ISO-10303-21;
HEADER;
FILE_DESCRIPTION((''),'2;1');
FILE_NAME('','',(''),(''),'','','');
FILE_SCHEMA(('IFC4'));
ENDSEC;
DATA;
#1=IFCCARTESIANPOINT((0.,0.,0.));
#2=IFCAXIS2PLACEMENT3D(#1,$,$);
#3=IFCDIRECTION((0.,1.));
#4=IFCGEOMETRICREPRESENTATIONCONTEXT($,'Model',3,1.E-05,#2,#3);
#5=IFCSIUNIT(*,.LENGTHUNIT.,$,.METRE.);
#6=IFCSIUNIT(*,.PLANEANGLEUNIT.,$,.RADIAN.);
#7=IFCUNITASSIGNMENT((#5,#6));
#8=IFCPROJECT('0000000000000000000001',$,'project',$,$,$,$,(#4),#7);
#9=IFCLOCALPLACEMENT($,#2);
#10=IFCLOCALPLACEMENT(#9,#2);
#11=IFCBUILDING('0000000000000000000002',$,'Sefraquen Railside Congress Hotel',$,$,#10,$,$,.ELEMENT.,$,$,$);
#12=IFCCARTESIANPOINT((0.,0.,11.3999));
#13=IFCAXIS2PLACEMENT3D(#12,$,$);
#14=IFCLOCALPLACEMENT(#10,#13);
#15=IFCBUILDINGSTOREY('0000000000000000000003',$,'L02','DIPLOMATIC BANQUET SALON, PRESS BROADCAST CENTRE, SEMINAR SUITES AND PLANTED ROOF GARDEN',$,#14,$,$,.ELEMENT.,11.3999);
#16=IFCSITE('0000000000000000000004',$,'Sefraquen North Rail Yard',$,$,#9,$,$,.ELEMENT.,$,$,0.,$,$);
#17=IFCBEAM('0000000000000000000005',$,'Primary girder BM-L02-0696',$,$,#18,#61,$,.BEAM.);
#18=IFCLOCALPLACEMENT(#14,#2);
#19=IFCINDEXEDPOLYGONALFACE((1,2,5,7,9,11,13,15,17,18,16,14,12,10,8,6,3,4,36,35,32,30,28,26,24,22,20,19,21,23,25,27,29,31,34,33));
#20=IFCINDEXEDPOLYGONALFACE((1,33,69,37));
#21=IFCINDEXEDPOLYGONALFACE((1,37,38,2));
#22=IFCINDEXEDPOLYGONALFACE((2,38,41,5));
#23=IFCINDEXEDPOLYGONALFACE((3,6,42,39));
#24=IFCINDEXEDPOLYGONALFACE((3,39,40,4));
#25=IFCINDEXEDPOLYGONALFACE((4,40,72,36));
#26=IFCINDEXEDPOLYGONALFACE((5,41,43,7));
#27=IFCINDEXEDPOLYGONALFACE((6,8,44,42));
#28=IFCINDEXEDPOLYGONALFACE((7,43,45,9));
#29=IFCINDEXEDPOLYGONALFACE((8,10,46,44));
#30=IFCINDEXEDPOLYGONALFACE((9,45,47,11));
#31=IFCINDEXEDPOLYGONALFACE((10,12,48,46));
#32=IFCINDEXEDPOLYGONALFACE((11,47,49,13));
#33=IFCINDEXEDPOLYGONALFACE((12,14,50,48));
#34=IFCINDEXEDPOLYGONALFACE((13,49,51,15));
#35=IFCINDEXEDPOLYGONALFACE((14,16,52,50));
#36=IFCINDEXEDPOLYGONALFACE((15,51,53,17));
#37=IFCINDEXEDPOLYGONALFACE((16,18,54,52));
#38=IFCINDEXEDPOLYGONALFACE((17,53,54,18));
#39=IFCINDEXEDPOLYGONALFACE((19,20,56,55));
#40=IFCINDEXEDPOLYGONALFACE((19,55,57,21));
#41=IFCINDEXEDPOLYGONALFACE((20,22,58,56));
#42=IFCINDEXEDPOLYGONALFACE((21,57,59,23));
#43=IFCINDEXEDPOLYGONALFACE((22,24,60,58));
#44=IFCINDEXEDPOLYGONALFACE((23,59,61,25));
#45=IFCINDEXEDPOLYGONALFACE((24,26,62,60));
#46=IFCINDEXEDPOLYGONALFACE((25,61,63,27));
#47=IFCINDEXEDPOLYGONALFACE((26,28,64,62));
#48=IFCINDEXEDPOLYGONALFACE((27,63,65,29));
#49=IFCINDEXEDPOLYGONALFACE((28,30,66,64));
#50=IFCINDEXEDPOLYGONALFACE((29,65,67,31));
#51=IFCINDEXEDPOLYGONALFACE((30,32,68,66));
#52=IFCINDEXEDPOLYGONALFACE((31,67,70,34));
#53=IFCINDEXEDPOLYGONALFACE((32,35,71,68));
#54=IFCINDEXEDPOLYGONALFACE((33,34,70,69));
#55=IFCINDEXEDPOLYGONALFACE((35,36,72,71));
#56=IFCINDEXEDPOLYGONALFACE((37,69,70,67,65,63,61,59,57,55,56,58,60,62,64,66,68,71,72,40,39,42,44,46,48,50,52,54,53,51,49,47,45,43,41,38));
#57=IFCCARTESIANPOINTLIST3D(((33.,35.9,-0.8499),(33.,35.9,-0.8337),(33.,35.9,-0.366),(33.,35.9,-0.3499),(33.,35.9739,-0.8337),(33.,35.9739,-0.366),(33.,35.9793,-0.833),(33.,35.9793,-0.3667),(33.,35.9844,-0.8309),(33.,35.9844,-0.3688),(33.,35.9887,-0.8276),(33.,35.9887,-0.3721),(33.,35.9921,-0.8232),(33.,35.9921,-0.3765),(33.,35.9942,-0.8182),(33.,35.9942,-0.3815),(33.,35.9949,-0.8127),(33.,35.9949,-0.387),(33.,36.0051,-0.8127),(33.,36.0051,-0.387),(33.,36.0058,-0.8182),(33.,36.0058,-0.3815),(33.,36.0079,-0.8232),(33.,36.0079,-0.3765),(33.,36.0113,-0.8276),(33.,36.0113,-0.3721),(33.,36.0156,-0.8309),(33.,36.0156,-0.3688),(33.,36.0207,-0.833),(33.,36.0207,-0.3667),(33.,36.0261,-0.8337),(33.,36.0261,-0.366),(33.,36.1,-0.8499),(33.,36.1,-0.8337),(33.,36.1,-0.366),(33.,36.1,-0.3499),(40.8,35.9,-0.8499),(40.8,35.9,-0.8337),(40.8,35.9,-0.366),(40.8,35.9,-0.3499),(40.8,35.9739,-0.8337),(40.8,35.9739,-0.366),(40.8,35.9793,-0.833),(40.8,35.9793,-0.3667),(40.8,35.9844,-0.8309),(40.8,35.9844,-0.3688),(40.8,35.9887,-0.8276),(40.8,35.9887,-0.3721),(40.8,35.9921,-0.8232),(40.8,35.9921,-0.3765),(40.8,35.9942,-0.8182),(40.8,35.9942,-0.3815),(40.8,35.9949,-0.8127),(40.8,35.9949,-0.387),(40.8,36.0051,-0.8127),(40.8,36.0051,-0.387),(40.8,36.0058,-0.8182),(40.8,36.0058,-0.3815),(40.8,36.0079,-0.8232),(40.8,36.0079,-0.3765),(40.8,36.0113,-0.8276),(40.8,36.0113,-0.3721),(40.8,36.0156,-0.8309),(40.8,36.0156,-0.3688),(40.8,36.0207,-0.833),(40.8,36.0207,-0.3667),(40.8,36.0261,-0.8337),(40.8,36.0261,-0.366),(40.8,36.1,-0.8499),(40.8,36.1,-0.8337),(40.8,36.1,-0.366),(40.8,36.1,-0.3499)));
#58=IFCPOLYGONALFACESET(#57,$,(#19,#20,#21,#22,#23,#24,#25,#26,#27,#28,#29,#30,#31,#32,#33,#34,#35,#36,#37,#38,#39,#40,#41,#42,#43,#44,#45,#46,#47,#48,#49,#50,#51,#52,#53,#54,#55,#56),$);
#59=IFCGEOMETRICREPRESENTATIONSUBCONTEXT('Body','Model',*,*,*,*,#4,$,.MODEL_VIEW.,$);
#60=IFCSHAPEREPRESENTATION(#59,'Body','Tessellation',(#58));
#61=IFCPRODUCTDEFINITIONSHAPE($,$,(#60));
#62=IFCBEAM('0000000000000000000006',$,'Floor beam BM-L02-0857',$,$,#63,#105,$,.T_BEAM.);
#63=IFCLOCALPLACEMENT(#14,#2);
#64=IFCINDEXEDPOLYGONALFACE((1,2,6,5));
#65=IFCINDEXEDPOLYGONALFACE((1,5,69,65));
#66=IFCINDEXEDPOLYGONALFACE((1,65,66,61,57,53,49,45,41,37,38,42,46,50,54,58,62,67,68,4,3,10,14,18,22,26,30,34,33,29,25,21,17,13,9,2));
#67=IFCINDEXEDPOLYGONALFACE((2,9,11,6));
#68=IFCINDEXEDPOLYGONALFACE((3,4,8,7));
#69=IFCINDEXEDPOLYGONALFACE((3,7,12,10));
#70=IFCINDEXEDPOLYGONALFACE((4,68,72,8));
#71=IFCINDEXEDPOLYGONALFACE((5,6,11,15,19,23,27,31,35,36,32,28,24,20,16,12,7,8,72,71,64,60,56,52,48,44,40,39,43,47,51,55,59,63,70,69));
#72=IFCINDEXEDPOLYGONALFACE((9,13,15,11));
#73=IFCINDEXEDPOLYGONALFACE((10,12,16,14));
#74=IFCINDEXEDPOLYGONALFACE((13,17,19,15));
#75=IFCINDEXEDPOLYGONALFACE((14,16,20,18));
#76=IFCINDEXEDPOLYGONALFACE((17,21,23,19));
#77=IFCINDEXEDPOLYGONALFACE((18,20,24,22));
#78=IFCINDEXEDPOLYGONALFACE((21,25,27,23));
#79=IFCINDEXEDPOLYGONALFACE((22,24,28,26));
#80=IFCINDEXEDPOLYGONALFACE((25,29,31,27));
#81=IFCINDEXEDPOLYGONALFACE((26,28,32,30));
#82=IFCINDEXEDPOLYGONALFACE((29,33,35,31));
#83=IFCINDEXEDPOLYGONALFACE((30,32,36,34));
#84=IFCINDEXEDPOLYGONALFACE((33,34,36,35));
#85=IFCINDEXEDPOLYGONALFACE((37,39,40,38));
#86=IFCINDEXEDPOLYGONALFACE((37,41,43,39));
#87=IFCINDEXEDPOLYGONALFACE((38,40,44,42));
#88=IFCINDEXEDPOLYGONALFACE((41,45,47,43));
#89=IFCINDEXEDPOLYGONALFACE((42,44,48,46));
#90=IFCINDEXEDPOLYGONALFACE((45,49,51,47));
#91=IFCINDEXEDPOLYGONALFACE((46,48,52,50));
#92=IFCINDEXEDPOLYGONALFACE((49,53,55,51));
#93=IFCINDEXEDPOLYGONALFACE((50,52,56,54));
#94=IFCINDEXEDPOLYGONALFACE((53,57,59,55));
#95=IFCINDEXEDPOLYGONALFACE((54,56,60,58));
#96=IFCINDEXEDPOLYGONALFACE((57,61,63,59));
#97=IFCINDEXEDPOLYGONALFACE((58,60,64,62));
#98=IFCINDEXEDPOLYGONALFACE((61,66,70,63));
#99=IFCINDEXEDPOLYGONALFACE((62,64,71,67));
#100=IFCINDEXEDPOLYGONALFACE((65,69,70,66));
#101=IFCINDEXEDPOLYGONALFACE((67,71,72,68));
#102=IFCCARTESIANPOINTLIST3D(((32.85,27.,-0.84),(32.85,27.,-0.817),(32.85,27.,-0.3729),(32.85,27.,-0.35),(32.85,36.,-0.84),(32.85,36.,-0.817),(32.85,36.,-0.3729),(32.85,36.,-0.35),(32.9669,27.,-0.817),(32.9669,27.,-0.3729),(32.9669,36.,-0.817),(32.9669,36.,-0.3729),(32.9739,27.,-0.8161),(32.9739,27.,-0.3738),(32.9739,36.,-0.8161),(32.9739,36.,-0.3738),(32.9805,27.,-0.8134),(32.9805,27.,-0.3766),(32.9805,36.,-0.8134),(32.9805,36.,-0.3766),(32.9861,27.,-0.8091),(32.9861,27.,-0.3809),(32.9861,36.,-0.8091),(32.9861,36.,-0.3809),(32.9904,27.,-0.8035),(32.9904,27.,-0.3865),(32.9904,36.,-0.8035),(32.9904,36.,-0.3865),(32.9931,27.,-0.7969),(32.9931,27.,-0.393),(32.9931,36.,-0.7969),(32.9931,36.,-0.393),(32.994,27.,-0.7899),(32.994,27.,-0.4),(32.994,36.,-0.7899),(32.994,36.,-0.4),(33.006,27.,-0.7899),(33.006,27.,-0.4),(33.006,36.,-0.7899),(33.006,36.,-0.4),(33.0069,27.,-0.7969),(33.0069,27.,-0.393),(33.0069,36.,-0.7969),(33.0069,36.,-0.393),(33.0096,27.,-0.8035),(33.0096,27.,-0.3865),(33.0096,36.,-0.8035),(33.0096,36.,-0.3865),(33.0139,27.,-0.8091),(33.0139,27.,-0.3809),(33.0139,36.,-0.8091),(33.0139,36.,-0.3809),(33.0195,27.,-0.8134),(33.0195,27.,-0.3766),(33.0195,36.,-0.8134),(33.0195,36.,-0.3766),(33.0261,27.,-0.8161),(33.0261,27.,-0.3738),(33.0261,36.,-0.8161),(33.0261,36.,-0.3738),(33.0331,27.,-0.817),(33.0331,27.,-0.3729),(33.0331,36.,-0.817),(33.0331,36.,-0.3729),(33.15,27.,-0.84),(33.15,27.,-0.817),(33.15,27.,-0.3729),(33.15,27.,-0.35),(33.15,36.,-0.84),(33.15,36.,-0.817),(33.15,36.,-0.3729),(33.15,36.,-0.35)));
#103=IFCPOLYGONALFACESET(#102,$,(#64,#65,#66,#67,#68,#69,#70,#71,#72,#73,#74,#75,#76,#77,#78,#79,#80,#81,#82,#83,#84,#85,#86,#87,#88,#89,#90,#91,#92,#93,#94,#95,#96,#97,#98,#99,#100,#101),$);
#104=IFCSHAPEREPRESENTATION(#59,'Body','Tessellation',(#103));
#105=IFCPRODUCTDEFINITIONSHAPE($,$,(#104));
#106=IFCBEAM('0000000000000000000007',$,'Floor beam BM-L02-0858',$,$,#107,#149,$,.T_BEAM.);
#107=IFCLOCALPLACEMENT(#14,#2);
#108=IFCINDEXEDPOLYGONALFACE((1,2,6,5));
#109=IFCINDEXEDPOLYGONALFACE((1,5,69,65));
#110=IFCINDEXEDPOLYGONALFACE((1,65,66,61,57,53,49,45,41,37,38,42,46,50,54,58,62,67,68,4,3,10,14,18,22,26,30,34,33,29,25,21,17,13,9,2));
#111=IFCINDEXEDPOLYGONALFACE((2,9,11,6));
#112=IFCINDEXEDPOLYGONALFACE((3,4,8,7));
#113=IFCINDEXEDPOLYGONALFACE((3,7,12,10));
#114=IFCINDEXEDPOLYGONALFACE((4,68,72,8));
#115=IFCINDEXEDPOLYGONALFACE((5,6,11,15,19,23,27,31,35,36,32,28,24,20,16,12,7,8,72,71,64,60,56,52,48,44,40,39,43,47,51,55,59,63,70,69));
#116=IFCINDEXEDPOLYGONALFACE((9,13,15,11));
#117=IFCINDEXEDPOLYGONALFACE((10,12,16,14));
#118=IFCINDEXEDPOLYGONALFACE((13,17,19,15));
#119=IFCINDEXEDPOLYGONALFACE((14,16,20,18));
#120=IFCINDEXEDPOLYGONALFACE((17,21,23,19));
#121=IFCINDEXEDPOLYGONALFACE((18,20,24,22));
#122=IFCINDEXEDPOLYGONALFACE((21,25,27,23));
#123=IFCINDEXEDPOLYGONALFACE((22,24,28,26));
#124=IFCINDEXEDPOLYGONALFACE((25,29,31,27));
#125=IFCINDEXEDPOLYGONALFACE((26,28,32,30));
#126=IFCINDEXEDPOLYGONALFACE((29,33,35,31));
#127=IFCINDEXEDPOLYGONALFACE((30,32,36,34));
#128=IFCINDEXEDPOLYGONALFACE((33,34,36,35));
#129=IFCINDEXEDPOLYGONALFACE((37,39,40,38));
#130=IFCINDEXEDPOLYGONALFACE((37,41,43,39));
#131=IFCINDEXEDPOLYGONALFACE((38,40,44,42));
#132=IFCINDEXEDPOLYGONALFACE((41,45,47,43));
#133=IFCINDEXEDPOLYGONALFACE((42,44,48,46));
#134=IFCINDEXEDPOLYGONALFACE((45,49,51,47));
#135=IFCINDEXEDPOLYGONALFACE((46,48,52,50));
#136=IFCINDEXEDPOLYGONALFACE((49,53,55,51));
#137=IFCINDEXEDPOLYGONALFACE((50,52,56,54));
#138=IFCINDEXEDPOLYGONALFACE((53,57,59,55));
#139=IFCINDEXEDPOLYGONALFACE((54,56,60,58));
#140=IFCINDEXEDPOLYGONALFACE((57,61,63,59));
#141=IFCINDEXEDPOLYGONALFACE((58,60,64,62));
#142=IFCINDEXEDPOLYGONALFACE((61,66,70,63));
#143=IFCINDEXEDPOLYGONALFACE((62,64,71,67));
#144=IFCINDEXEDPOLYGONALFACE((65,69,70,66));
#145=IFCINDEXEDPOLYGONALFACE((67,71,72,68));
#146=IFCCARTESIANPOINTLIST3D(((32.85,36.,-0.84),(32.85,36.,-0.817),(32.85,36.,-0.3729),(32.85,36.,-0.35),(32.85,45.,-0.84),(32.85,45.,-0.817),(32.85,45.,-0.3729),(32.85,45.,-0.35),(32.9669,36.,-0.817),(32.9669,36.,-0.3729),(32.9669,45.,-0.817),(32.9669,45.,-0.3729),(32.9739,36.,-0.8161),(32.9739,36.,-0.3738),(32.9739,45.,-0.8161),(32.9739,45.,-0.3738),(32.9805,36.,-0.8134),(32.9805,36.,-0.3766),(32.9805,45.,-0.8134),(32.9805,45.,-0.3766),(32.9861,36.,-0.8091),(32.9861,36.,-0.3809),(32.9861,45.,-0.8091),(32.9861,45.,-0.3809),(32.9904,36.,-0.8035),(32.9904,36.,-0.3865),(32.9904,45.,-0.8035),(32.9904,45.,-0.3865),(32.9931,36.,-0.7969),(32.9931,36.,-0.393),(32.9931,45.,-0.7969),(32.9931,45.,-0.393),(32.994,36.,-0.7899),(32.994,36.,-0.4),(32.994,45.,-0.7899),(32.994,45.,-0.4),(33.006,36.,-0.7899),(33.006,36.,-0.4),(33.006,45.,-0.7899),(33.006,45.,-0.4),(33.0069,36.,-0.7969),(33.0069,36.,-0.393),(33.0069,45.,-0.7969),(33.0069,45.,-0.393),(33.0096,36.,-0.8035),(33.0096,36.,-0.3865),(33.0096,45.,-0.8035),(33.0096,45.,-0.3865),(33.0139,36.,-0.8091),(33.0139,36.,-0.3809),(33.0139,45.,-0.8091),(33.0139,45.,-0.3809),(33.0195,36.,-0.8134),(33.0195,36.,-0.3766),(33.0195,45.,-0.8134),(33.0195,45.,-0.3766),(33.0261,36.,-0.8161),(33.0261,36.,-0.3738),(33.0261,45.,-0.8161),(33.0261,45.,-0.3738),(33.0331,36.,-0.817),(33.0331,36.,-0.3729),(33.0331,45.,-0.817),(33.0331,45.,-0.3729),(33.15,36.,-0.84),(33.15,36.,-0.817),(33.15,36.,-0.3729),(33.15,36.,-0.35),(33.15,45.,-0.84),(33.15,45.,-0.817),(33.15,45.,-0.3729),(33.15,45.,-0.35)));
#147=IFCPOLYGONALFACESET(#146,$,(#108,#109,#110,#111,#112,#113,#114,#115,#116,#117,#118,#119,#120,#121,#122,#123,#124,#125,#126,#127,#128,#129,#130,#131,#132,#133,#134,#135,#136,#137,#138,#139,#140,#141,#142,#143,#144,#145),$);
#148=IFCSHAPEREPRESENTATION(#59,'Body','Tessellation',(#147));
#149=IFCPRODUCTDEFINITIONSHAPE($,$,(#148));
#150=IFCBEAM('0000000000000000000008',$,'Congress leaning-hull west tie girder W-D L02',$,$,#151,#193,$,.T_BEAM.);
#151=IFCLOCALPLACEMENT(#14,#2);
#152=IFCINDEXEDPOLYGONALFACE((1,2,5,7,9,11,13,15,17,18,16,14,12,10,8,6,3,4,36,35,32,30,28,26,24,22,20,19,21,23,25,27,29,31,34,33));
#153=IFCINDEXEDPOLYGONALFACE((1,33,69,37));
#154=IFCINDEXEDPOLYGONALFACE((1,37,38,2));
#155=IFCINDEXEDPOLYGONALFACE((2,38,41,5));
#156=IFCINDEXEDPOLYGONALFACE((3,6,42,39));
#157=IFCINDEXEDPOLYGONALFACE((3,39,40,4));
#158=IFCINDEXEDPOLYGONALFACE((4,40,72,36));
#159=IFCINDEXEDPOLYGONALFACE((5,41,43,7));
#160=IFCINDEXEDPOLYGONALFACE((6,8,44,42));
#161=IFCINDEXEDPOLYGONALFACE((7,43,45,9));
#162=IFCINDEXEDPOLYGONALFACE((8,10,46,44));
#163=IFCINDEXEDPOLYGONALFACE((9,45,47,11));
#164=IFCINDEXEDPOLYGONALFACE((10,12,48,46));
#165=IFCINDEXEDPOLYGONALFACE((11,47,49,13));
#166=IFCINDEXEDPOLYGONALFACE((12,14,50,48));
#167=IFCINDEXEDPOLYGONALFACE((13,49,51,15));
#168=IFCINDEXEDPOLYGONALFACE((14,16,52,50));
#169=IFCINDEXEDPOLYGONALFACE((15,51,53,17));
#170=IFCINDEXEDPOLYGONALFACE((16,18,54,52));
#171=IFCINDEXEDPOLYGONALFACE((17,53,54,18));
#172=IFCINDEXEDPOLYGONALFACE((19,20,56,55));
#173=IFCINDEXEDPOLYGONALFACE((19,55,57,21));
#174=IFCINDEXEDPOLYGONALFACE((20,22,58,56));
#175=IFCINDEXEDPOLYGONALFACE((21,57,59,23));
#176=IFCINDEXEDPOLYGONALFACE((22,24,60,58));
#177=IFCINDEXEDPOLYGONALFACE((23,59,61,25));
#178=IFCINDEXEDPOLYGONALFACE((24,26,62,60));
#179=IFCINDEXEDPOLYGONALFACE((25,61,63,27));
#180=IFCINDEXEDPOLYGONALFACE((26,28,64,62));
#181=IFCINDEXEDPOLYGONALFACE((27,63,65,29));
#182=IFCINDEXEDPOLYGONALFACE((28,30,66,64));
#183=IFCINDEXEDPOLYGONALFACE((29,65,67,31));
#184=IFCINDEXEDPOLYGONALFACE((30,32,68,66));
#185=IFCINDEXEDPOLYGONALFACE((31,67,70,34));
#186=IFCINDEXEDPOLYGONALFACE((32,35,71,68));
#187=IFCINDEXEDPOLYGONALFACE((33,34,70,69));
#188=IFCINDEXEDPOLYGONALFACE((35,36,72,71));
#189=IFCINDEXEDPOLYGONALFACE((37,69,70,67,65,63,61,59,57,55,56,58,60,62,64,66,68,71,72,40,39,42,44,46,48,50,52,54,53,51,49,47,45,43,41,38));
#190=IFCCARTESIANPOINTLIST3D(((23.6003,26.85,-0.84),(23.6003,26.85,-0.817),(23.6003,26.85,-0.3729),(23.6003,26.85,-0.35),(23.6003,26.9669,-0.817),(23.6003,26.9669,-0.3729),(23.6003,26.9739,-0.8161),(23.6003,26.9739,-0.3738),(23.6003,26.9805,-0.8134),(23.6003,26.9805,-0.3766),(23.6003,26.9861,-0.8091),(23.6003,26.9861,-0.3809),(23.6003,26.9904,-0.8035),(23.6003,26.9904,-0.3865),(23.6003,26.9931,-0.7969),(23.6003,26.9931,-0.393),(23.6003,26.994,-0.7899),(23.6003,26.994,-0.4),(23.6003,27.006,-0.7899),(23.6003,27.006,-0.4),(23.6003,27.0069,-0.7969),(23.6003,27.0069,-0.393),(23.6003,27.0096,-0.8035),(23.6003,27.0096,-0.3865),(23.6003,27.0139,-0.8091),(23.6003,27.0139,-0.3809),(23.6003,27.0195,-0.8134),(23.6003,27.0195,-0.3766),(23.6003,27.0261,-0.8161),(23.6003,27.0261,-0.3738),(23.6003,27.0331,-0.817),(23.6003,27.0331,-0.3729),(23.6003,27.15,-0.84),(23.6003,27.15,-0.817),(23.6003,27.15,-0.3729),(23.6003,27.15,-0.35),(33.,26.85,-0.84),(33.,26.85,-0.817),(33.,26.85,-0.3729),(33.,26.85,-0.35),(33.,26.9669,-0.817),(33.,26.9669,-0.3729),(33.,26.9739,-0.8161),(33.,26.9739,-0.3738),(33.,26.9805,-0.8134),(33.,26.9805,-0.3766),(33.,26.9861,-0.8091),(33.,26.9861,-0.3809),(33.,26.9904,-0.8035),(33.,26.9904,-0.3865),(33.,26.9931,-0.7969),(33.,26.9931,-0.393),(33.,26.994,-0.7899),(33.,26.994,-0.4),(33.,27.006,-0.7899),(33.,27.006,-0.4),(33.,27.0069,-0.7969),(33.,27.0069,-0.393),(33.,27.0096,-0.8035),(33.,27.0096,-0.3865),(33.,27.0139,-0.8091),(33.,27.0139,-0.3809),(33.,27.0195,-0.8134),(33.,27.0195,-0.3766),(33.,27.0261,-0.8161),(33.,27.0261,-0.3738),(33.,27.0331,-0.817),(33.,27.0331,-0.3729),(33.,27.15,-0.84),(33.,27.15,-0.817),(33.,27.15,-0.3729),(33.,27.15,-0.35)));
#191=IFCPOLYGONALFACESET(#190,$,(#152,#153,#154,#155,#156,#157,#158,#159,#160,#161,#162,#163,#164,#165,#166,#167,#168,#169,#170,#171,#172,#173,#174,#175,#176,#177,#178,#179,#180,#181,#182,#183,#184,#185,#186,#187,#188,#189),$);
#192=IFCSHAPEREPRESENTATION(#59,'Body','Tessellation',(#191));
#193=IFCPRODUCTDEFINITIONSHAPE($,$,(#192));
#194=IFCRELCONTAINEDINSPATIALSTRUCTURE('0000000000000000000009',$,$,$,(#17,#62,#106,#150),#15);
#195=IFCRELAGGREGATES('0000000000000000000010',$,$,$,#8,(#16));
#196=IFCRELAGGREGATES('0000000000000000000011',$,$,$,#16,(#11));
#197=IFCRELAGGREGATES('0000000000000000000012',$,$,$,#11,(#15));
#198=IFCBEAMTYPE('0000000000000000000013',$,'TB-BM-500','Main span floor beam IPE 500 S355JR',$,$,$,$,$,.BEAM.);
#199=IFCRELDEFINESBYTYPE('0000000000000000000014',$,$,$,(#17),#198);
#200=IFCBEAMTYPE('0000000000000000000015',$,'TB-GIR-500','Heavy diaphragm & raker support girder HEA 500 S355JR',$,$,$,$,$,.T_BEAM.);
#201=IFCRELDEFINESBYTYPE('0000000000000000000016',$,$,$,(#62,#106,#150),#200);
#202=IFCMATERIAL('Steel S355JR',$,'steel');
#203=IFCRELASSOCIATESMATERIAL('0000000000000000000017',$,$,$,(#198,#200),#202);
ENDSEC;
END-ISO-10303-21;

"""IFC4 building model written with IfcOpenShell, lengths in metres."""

from ifc_helpers import new_model, si_unit, direction, frame, origin, origin_2d, place, context, subcontext, project, spatial, i_section, extrude, material, material_profile, profile_set, type_object, element, save


model = new_model("IFC4")

# Units and contexts
model_context = context("Model", 3, precision=1e-05, world=origin(), true_north=direction((0.0, 1.0)))
body_context = subcontext(model_context, "Body", "Model", "MODEL_VIEW")
ifc_project = project(units=[si_unit("LENGTHUNIT", "METRE"), si_unit("PLANEANGLEUNIT", "RADIAN")], contexts=[model_context])

# Site, building, storey
site_placement = place(None, origin())
site = spatial("IfcSite", under=ifc_project, at=site_placement, Name="Sefraquen North Rail Yard", CompositionType="ELEMENT", RefElevation=0.0)
building_placement = place(site_placement, origin())
building = spatial("IfcBuilding", under=site, at=building_placement, Name="Sefraquen Railside Congress Hotel", CompositionType="ELEMENT")
storey_placement = place(building_placement, frame((0.0, 0.0, 11.3999)))
storey = spatial("IfcBuildingStorey", under=building, at=storey_placement, Name="L02", Description="DIPLOMATIC BANQUET SALON, PRESS BROADCAST CENTRE, SEMINAR SUITES AND PLANTED ROOF GARDEN", CompositionType="ELEMENT", Elevation=11.3999)

# Shared definitions
ifc_material_1 = material(Name="Steel S355JR", Category="steel")

# Beams
ifc_material_profile_1 = material_profile(ifc_material_1, i_section(OverallWidth=0.2, OverallDepth=0.5, WebThickness=0.0103, FlangeThickness=0.0161, FilletRadius=0.021, at=origin_2d()), Name="IPE 500")
ifc_profile_set_1 = profile_set([ifc_material_profile_1], Name="Steel S355JR")
beam_type_1 = type_object("IfcBeamType", Name="TB-BM-500", Description="Main span floor beam IPE 500 S355JR", PredefinedType="BEAM", material=ifc_profile_set_1)
beam_1_placement = place(storey_placement, frame((33.0, 36.0, -0.5999), z_axis=(1.0, 0.0, 0.0), x_axis=(0.0, 1.0, 0.0)))
element("IfcBeam", 1, at=beam_1_placement, inside=storey, type_object=beam_type_1, Name="Primary girder BM-L02-0696", PredefinedType="BEAM", context=body_context, shape_type="SweptSolid", body=[
    extrude(i_section(OverallWidth=0.2, OverallDepth=0.5, WebThickness=0.0103, FlangeThickness=0.0161, FilletRadius=0.021, at=origin_2d()), origin(), (0.0, 0.0, 1.0), 7.8),
])
ifc_material_profile_2 = material_profile(ifc_material_1, i_section(OverallWidth=0.3, OverallDepth=0.49, WebThickness=0.012, FlangeThickness=0.0229, FilletRadius=0.0271, at=origin_2d()), Name="HEA 500")
ifc_profile_set_2 = profile_set([ifc_material_profile_2], Name="Steel S355JR")
beam_type_2 = type_object("IfcBeamType", Name="TB-GIR-500", Description="Heavy diaphragm & raker support girder HEA 500 S355JR", PredefinedType="T_BEAM", material=ifc_profile_set_2)
for number, where, z_axis, x_axis, name in (
    (2, (33.0, 27.0, -0.595), (0.0, 1.0, 0.0), (-1.0, 0.0, 0.0), "Floor beam BM-L02-0857"),
    (3, (33.0, 36.0, -0.595), (0.0, 1.0, 0.0), (-1.0, 0.0, 0.0), "Floor beam BM-L02-0858"),
):
    element("IfcBeam", number, at=place(storey_placement, frame(where, z_axis=z_axis, x_axis=x_axis)), inside=storey, type_object=beam_type_2, Name=name, PredefinedType="T_BEAM", context=body_context, shape_type="SweptSolid", body=[
        extrude(i_section(OverallWidth=0.3, OverallDepth=0.49, WebThickness=0.012, FlangeThickness=0.0229, FilletRadius=0.0271, at=origin_2d()), origin(), (0.0, 0.0, 1.0), 9.0),
    ])
for number, where, z_axis, x_axis, name in (
    (4, (23.6003, 27.0, -0.595), (1.0, 0.0, 0.0), (0.0, 1.0, 0.0), "Congress leaning-hull west tie girder W-D L02"),
):
    element("IfcBeam", number, at=place(storey_placement, frame(where, z_axis=z_axis, x_axis=x_axis)), inside=storey, type_object=beam_type_2, Name=name, PredefinedType="T_BEAM", context=body_context, shape_type="SweptSolid", body=[
        extrude(i_section(OverallWidth=0.3, OverallDepth=0.49, WebThickness=0.012, FlangeThickness=0.0229, FilletRadius=0.0271, at=origin_2d()), origin(), (0.0, 0.0, 1.0), 9.3997),
    ])

save(model, "model.ifc")
